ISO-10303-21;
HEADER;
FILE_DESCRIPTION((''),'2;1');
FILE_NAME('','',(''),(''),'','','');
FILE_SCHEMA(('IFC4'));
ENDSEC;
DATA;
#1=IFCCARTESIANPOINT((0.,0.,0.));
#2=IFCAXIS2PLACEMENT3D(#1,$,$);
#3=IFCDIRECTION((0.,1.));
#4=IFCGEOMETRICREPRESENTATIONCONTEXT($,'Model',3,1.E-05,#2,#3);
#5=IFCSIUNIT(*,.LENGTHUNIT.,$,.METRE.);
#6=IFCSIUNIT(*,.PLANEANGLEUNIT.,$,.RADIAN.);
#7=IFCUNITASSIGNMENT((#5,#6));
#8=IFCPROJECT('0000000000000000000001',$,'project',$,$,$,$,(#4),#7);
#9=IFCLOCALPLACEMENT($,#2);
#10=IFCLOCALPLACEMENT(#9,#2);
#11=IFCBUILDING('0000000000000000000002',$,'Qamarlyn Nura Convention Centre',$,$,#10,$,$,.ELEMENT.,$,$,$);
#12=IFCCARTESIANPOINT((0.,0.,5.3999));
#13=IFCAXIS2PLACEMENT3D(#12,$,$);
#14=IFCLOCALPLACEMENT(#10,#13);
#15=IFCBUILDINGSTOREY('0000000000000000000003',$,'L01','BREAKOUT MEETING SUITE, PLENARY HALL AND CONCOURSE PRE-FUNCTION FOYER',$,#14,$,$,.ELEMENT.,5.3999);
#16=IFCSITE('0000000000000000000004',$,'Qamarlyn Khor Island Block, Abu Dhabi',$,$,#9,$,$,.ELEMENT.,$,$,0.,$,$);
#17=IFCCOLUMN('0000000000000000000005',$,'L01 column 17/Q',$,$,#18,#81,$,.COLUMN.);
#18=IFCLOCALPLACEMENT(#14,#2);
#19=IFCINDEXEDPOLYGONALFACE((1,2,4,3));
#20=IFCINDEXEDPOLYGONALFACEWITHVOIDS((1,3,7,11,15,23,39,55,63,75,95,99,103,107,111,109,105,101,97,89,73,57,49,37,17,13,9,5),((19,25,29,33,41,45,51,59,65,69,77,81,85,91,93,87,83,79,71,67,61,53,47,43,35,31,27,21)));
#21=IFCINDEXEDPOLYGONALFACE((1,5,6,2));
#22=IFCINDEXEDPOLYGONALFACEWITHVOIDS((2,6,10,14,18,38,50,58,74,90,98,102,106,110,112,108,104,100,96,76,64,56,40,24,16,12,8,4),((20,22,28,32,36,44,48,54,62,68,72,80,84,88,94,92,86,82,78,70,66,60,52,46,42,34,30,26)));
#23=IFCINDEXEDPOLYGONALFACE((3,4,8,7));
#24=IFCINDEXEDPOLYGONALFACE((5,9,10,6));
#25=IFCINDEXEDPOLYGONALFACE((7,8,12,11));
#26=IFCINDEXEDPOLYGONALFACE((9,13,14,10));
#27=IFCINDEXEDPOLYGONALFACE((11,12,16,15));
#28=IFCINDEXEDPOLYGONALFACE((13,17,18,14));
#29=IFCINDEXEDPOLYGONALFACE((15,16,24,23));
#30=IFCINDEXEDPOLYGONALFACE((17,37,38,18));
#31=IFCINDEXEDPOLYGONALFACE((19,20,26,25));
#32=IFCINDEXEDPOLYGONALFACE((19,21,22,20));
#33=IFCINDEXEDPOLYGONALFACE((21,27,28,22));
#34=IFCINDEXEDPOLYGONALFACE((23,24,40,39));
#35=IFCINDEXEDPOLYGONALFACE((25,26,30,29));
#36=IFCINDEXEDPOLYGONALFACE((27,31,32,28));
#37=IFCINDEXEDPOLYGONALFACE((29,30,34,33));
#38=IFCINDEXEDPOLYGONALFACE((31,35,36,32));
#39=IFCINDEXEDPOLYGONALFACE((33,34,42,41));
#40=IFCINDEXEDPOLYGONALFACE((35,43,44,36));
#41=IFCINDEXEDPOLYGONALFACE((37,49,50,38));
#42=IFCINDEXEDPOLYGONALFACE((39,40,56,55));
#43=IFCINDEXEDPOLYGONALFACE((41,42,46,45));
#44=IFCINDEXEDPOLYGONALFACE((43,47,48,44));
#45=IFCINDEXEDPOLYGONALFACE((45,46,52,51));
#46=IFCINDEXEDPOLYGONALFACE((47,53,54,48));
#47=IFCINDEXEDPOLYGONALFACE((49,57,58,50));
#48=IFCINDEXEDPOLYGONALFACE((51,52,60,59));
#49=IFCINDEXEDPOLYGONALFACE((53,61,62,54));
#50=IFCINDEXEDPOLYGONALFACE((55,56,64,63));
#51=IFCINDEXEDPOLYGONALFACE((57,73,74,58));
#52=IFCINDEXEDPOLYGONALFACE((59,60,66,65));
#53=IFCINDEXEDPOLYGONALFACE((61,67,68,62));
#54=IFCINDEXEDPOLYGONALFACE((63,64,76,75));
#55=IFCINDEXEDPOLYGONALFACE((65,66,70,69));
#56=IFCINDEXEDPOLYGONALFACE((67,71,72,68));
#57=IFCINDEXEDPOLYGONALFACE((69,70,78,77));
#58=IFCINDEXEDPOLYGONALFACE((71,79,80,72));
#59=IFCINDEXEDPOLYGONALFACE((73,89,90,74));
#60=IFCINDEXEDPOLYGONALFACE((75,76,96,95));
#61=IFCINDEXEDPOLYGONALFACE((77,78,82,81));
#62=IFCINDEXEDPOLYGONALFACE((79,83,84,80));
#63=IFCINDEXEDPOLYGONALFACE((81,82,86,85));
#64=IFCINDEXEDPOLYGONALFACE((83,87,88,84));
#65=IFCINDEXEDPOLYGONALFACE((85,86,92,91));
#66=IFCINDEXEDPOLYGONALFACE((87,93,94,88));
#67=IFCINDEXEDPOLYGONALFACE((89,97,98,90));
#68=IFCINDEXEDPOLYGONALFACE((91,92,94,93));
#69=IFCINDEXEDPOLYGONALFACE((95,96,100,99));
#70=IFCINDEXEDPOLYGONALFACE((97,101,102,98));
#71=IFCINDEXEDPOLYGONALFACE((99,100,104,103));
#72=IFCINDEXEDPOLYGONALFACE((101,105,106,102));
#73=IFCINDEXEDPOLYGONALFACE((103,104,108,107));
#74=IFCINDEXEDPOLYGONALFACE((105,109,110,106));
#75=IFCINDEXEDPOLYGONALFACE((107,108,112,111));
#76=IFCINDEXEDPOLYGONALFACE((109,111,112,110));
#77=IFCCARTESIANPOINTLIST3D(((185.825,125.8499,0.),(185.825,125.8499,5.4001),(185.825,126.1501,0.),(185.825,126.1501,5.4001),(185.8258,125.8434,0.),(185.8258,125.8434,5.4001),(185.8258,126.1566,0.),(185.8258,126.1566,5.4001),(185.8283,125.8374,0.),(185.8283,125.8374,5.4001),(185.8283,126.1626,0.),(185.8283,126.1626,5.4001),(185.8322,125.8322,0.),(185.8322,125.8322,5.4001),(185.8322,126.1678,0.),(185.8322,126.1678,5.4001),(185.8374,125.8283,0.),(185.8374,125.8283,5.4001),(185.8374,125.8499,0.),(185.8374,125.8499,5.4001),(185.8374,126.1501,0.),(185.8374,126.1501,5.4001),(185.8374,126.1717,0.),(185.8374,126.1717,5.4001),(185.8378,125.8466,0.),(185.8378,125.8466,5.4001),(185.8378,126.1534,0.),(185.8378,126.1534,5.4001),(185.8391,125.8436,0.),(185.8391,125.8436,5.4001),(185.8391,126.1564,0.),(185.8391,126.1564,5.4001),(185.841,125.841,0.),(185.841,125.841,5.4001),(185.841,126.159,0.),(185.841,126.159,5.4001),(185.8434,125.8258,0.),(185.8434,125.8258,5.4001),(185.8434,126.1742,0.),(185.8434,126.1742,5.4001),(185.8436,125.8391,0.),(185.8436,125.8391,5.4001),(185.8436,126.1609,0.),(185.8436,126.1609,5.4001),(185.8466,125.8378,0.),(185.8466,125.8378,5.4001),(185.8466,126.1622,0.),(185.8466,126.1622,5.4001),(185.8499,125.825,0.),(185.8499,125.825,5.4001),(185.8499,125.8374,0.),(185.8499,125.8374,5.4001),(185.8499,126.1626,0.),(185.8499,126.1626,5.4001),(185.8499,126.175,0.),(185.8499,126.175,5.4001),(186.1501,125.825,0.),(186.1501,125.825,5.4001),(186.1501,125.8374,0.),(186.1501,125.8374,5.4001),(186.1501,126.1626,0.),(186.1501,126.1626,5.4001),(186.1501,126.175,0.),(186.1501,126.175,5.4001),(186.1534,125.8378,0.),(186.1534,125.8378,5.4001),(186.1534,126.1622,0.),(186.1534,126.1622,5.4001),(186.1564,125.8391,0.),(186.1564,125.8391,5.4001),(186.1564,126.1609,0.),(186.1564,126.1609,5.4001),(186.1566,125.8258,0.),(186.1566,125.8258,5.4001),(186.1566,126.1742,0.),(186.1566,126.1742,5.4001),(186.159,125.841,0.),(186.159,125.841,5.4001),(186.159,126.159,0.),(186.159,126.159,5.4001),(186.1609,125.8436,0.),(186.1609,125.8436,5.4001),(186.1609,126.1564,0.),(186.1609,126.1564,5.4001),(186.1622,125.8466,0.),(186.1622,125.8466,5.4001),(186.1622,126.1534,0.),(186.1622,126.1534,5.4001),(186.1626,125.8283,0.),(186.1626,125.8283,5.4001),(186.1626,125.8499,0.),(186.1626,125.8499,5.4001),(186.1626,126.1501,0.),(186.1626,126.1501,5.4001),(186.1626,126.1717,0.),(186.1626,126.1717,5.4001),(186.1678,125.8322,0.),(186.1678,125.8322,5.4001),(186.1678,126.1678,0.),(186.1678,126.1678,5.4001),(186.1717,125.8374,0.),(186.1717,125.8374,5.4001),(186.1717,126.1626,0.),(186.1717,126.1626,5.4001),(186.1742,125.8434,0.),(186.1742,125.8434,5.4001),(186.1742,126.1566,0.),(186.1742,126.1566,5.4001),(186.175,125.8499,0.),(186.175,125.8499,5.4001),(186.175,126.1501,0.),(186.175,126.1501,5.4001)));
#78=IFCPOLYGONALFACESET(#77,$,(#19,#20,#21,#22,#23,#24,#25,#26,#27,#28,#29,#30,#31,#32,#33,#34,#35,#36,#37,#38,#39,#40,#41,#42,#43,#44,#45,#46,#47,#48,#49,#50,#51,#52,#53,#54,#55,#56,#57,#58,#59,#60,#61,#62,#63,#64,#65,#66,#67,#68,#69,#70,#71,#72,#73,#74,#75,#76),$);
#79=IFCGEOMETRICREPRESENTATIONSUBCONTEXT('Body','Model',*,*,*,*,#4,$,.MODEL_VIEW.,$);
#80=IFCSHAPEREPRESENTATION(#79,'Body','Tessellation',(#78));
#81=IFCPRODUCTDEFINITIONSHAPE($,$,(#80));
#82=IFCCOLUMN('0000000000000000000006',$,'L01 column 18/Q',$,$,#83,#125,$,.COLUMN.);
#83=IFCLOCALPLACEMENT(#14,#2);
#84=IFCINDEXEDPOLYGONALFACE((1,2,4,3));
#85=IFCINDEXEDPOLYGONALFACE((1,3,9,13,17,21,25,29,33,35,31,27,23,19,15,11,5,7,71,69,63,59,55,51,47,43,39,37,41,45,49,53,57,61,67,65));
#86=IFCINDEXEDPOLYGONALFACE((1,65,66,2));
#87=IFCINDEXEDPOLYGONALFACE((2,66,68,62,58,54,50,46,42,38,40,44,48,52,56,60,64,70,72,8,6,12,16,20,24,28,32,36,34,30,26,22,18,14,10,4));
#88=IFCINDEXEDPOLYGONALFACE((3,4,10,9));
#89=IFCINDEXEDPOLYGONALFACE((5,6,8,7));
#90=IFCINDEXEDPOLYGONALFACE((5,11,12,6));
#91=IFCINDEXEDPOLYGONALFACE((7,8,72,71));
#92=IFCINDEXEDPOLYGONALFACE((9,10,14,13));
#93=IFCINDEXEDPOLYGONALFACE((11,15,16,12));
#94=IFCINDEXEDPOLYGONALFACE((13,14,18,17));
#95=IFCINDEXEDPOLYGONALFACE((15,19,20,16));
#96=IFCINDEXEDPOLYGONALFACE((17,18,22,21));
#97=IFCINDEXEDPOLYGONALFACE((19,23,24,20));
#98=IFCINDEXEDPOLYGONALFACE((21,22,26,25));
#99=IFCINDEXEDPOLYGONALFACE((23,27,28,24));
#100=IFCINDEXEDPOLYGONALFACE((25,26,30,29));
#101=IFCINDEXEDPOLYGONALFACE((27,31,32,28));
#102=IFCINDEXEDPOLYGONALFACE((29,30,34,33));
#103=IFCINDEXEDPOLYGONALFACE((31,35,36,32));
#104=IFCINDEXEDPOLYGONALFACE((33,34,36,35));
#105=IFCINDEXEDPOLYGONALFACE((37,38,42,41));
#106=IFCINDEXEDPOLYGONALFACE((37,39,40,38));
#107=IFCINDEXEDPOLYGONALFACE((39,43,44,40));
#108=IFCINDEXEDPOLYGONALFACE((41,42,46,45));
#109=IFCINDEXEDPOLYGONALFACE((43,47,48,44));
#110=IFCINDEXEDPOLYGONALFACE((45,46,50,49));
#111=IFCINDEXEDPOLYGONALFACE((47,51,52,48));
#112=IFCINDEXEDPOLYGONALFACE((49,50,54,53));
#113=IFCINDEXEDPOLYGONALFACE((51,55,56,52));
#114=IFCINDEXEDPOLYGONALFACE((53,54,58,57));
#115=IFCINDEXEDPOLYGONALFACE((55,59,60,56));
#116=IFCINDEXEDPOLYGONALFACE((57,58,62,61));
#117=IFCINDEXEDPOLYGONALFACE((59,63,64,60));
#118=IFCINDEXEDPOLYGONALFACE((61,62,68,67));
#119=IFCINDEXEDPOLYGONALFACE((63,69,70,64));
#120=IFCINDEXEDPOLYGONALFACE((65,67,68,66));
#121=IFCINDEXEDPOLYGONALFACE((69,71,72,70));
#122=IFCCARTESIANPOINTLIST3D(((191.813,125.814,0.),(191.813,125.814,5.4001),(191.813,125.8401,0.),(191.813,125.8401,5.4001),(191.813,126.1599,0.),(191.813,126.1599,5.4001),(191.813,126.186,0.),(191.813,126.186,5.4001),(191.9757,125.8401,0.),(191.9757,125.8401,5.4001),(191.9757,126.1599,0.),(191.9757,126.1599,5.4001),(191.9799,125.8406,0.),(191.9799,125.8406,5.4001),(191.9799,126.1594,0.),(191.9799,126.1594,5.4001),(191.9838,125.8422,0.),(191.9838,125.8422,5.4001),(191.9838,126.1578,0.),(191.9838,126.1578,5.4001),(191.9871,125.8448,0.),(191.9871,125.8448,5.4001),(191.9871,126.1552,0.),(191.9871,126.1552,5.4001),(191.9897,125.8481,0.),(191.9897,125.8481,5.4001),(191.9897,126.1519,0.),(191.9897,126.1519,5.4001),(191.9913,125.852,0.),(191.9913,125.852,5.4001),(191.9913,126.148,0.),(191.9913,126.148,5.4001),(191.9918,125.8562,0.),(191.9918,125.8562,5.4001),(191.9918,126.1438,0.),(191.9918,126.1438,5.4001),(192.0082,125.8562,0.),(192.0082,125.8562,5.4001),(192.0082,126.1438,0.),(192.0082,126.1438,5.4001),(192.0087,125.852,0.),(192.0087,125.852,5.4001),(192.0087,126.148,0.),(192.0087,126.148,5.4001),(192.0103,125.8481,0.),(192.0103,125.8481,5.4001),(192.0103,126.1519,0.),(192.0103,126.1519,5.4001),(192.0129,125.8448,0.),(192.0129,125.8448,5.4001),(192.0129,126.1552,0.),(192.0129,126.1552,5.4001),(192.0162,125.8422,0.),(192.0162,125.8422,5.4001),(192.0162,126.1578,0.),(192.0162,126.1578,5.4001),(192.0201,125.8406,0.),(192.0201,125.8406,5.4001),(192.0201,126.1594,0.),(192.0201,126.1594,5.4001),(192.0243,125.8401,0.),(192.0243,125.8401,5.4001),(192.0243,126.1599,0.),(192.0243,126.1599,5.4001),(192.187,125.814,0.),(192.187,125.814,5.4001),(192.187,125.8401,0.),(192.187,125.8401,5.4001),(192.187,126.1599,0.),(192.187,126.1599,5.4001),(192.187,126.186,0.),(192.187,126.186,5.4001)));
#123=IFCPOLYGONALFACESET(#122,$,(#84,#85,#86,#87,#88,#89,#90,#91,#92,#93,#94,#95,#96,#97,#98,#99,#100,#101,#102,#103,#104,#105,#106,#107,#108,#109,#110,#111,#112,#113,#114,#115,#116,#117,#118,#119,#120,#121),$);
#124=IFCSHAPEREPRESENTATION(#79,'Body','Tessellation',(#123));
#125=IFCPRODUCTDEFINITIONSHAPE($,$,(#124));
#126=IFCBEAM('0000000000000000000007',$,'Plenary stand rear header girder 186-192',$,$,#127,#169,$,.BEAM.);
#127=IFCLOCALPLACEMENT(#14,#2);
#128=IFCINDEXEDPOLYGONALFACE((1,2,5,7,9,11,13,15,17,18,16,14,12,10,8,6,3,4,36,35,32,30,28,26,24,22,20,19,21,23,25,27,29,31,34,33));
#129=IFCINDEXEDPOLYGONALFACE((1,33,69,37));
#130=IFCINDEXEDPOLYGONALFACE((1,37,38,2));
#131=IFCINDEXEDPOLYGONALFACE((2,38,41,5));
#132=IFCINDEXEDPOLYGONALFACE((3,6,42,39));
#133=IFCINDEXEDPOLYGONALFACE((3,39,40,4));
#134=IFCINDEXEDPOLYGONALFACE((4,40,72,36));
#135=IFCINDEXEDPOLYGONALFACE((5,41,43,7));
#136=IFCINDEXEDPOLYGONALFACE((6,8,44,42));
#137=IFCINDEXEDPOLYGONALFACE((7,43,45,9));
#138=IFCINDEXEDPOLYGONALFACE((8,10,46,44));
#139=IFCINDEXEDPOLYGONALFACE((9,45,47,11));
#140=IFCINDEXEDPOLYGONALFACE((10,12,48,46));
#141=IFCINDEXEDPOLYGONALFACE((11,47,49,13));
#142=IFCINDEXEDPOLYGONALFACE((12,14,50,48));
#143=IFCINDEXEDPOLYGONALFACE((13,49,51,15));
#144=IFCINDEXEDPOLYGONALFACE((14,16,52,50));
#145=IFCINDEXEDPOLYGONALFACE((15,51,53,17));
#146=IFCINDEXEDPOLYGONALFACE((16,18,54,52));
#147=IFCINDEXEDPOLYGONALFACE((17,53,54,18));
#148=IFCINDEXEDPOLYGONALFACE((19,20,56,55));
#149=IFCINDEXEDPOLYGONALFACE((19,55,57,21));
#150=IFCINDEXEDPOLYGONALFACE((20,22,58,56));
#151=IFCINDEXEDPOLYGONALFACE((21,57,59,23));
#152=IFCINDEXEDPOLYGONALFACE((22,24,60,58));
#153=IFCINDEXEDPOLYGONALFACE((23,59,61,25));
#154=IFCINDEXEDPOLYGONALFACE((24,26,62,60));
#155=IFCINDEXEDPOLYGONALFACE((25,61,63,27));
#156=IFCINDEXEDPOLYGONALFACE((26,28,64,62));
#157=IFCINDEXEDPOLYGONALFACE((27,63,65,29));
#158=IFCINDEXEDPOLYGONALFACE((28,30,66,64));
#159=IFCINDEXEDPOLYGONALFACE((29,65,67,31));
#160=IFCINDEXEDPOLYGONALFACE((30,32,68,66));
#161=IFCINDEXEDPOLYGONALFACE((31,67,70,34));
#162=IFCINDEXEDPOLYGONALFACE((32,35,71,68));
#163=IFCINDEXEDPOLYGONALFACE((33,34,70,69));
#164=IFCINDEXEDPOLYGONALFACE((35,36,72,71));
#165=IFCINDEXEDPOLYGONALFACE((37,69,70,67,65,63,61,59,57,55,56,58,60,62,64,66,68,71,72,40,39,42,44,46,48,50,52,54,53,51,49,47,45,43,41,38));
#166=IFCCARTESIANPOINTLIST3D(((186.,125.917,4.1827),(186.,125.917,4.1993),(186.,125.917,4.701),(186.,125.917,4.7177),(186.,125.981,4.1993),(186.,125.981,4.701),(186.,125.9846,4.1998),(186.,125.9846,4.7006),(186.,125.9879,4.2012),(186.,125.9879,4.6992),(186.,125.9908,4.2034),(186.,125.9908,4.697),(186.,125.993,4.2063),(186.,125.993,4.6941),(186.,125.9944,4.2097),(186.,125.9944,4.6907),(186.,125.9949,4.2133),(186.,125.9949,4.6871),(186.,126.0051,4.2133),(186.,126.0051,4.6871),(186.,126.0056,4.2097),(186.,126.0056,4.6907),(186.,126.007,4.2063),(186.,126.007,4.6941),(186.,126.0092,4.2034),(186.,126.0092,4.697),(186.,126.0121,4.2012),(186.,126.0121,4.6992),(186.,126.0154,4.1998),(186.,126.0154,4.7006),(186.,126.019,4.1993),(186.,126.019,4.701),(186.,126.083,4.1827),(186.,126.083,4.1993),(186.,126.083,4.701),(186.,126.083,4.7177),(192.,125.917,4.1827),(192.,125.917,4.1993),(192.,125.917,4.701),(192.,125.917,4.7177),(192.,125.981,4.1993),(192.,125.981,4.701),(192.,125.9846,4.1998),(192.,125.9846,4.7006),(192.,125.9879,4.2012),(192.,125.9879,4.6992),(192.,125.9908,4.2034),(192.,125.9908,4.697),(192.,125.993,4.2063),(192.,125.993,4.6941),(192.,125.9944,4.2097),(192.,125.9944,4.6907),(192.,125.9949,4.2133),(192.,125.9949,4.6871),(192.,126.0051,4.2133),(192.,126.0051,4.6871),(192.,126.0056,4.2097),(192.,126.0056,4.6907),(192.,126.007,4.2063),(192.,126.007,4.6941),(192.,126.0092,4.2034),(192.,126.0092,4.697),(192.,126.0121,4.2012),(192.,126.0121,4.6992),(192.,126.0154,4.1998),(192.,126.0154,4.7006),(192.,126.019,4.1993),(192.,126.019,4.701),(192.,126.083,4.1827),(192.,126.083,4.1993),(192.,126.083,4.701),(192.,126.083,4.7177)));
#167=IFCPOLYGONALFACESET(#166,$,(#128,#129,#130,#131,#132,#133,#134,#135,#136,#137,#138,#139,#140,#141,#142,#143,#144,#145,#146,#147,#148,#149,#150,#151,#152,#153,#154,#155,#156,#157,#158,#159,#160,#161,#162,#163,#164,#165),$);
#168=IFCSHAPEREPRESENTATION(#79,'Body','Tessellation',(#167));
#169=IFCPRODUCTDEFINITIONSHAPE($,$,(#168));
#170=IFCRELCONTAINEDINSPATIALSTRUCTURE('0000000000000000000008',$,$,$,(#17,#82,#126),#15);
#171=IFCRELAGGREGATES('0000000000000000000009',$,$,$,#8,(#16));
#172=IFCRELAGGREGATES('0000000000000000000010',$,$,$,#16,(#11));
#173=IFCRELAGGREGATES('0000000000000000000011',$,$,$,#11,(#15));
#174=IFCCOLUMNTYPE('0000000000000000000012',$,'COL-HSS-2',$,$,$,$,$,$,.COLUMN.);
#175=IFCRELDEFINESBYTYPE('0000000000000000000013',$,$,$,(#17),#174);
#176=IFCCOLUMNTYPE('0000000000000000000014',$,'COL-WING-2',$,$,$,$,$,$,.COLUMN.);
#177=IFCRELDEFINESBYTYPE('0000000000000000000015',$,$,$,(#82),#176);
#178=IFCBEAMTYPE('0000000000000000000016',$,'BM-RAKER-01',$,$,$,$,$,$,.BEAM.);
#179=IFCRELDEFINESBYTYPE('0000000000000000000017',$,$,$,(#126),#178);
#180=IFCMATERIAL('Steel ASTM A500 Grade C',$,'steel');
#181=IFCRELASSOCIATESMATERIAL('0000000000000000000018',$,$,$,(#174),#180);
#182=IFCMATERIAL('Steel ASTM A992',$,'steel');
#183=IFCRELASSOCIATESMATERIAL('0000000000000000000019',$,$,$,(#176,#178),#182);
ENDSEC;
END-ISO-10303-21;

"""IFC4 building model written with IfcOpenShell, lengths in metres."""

from ifc_helpers import new_model, si_unit, direction, frame, origin, origin_2d, place, context, subcontext, project, spatial, hollow_rectangle, i_section, extrude, material, material_profile, profile_set, type_object, element, save


model = new_model("IFC4")

# Units and contexts
model_context = context("Model", 3, precision=1e-05, world=origin(), true_north=direction((0.0, 1.0)))
body_context = subcontext(model_context, "Body", "Model", "MODEL_VIEW")
ifc_project = project(units=[si_unit("LENGTHUNIT", "METRE"), si_unit("PLANEANGLEUNIT", "RADIAN")], contexts=[model_context])

# Site, building, storey
site_placement = place(None, origin())
site = spatial("IfcSite", under=ifc_project, at=site_placement, Name="Qamarlyn Khor Island Block, Abu Dhabi", CompositionType="ELEMENT", RefElevation=0.0)
building_placement = place(site_placement, origin())
building = spatial("IfcBuilding", under=site, at=building_placement, Name="Qamarlyn Nura Convention Centre", CompositionType="ELEMENT")
storey_placement = place(building_placement, frame((0.0, 0.0, 5.3999)))
storey = spatial("IfcBuildingStorey", under=building, at=storey_placement, Name="L01", Description="BREAKOUT MEETING SUITE, PLENARY HALL AND CONCOURSE PRE-FUNCTION FOYER", CompositionType="ELEMENT", Elevation=5.3999)

# Columns
ifc_material_1 = material(Name="Steel ASTM A500 Grade C", Category="steel")
ifc_material_profile_1 = material_profile(ifc_material_1, hollow_rectangle(XDim=0.3501, YDim=0.3501, WallThickness=0.0125, InnerFilletRadius=0.0125, OuterFilletRadius=0.0249, at=origin_2d()), Name="HSS350X350X12.5")
ifc_profile_set_1 = profile_set([ifc_material_profile_1], Name="Steel ASTM A500 Grade C")
column_type_1 = type_object("IfcColumnType", Name="COL-HSS-2", PredefinedType="COLUMN", material=ifc_profile_set_1)
column_1_placement = place(storey_placement, frame((186.0, 126.0, 0.0), z_axis=(0.0, 0.0, 1.0), x_axis=(1.0, 0.0, 0.0)))
element("IfcColumn", 1, at=column_1_placement, inside=storey, type_object=column_type_1, Name="L01 column 17/Q", PredefinedType="COLUMN", context=body_context, shape_type="SweptSolid", body=[
    extrude(hollow_rectangle(XDim=0.3501, YDim=0.3501, WallThickness=0.0125, InnerFilletRadius=0.0125, OuterFilletRadius=0.0249, at=origin_2d()), origin(), (0.0, 0.0, 1.0), 5.4001),
])
ifc_material_2 = material(Name="Steel ASTM A992", Category="steel")
ifc_material_profile_2 = material_profile(ifc_material_2, i_section(OverallWidth=0.374, OverallDepth=0.3721, WebThickness=0.0164, FlangeThickness=0.0261, FilletRadius=0.0161, at=origin_2d()), Name="W360X196")
ifc_profile_set_2 = profile_set([ifc_material_profile_2], Name="Steel ASTM A992")
column_type_2 = type_object("IfcColumnType", Name="COL-WING-2", PredefinedType="COLUMN", material=ifc_profile_set_2)
column_2_placement = place(storey_placement, frame((192.0, 126.0, 0.0), z_axis=(0.0, 0.0, 1.0), x_axis=(1.0, 0.0, 0.0)))
element("IfcColumn", 2, at=column_2_placement, inside=storey, type_object=column_type_2, Name="L01 column 18/Q", PredefinedType="COLUMN", context=body_context, shape_type="SweptSolid", body=[
    extrude(i_section(OverallWidth=0.374, OverallDepth=0.3721, WebThickness=0.0164, FlangeThickness=0.0261, FilletRadius=0.0161, at=origin_2d()), origin(), (0.0, 0.0, 1.0), 5.4001),
])

# Beam
ifc_material_profile_3 = material_profile(ifc_material_2, i_section(OverallWidth=0.166, OverallDepth=0.5349, WebThickness=0.0103, FlangeThickness=0.0166, FilletRadius=0.0139, at=origin_2d()), Name="W530X85")
ifc_profile_set_3 = profile_set([ifc_material_profile_3], Name="Steel ASTM A992")
beam_type_1 = type_object("IfcBeamType", Name="BM-RAKER-01", PredefinedType="BEAM", material=ifc_profile_set_3)
beam_1_placement = place(storey_placement, frame((186.0, 126.0, 4.4502), z_axis=(1.0, 0.0, 0.0), x_axis=(0.0, 1.0, 0.0)))
element("IfcBeam", 3, at=beam_1_placement, inside=storey, type_object=beam_type_1, Name="Plenary stand rear header girder 186-192", PredefinedType="BEAM", context=body_context, shape_type="SweptSolid", body=[
    extrude(i_section(OverallWidth=0.166, OverallDepth=0.5349, WebThickness=0.0103, FlangeThickness=0.0166, FilletRadius=0.0139, at=origin_2d()), origin(), (0.0, 0.0, 1.0), 6.0),
])

save(model, "model.ifc")
